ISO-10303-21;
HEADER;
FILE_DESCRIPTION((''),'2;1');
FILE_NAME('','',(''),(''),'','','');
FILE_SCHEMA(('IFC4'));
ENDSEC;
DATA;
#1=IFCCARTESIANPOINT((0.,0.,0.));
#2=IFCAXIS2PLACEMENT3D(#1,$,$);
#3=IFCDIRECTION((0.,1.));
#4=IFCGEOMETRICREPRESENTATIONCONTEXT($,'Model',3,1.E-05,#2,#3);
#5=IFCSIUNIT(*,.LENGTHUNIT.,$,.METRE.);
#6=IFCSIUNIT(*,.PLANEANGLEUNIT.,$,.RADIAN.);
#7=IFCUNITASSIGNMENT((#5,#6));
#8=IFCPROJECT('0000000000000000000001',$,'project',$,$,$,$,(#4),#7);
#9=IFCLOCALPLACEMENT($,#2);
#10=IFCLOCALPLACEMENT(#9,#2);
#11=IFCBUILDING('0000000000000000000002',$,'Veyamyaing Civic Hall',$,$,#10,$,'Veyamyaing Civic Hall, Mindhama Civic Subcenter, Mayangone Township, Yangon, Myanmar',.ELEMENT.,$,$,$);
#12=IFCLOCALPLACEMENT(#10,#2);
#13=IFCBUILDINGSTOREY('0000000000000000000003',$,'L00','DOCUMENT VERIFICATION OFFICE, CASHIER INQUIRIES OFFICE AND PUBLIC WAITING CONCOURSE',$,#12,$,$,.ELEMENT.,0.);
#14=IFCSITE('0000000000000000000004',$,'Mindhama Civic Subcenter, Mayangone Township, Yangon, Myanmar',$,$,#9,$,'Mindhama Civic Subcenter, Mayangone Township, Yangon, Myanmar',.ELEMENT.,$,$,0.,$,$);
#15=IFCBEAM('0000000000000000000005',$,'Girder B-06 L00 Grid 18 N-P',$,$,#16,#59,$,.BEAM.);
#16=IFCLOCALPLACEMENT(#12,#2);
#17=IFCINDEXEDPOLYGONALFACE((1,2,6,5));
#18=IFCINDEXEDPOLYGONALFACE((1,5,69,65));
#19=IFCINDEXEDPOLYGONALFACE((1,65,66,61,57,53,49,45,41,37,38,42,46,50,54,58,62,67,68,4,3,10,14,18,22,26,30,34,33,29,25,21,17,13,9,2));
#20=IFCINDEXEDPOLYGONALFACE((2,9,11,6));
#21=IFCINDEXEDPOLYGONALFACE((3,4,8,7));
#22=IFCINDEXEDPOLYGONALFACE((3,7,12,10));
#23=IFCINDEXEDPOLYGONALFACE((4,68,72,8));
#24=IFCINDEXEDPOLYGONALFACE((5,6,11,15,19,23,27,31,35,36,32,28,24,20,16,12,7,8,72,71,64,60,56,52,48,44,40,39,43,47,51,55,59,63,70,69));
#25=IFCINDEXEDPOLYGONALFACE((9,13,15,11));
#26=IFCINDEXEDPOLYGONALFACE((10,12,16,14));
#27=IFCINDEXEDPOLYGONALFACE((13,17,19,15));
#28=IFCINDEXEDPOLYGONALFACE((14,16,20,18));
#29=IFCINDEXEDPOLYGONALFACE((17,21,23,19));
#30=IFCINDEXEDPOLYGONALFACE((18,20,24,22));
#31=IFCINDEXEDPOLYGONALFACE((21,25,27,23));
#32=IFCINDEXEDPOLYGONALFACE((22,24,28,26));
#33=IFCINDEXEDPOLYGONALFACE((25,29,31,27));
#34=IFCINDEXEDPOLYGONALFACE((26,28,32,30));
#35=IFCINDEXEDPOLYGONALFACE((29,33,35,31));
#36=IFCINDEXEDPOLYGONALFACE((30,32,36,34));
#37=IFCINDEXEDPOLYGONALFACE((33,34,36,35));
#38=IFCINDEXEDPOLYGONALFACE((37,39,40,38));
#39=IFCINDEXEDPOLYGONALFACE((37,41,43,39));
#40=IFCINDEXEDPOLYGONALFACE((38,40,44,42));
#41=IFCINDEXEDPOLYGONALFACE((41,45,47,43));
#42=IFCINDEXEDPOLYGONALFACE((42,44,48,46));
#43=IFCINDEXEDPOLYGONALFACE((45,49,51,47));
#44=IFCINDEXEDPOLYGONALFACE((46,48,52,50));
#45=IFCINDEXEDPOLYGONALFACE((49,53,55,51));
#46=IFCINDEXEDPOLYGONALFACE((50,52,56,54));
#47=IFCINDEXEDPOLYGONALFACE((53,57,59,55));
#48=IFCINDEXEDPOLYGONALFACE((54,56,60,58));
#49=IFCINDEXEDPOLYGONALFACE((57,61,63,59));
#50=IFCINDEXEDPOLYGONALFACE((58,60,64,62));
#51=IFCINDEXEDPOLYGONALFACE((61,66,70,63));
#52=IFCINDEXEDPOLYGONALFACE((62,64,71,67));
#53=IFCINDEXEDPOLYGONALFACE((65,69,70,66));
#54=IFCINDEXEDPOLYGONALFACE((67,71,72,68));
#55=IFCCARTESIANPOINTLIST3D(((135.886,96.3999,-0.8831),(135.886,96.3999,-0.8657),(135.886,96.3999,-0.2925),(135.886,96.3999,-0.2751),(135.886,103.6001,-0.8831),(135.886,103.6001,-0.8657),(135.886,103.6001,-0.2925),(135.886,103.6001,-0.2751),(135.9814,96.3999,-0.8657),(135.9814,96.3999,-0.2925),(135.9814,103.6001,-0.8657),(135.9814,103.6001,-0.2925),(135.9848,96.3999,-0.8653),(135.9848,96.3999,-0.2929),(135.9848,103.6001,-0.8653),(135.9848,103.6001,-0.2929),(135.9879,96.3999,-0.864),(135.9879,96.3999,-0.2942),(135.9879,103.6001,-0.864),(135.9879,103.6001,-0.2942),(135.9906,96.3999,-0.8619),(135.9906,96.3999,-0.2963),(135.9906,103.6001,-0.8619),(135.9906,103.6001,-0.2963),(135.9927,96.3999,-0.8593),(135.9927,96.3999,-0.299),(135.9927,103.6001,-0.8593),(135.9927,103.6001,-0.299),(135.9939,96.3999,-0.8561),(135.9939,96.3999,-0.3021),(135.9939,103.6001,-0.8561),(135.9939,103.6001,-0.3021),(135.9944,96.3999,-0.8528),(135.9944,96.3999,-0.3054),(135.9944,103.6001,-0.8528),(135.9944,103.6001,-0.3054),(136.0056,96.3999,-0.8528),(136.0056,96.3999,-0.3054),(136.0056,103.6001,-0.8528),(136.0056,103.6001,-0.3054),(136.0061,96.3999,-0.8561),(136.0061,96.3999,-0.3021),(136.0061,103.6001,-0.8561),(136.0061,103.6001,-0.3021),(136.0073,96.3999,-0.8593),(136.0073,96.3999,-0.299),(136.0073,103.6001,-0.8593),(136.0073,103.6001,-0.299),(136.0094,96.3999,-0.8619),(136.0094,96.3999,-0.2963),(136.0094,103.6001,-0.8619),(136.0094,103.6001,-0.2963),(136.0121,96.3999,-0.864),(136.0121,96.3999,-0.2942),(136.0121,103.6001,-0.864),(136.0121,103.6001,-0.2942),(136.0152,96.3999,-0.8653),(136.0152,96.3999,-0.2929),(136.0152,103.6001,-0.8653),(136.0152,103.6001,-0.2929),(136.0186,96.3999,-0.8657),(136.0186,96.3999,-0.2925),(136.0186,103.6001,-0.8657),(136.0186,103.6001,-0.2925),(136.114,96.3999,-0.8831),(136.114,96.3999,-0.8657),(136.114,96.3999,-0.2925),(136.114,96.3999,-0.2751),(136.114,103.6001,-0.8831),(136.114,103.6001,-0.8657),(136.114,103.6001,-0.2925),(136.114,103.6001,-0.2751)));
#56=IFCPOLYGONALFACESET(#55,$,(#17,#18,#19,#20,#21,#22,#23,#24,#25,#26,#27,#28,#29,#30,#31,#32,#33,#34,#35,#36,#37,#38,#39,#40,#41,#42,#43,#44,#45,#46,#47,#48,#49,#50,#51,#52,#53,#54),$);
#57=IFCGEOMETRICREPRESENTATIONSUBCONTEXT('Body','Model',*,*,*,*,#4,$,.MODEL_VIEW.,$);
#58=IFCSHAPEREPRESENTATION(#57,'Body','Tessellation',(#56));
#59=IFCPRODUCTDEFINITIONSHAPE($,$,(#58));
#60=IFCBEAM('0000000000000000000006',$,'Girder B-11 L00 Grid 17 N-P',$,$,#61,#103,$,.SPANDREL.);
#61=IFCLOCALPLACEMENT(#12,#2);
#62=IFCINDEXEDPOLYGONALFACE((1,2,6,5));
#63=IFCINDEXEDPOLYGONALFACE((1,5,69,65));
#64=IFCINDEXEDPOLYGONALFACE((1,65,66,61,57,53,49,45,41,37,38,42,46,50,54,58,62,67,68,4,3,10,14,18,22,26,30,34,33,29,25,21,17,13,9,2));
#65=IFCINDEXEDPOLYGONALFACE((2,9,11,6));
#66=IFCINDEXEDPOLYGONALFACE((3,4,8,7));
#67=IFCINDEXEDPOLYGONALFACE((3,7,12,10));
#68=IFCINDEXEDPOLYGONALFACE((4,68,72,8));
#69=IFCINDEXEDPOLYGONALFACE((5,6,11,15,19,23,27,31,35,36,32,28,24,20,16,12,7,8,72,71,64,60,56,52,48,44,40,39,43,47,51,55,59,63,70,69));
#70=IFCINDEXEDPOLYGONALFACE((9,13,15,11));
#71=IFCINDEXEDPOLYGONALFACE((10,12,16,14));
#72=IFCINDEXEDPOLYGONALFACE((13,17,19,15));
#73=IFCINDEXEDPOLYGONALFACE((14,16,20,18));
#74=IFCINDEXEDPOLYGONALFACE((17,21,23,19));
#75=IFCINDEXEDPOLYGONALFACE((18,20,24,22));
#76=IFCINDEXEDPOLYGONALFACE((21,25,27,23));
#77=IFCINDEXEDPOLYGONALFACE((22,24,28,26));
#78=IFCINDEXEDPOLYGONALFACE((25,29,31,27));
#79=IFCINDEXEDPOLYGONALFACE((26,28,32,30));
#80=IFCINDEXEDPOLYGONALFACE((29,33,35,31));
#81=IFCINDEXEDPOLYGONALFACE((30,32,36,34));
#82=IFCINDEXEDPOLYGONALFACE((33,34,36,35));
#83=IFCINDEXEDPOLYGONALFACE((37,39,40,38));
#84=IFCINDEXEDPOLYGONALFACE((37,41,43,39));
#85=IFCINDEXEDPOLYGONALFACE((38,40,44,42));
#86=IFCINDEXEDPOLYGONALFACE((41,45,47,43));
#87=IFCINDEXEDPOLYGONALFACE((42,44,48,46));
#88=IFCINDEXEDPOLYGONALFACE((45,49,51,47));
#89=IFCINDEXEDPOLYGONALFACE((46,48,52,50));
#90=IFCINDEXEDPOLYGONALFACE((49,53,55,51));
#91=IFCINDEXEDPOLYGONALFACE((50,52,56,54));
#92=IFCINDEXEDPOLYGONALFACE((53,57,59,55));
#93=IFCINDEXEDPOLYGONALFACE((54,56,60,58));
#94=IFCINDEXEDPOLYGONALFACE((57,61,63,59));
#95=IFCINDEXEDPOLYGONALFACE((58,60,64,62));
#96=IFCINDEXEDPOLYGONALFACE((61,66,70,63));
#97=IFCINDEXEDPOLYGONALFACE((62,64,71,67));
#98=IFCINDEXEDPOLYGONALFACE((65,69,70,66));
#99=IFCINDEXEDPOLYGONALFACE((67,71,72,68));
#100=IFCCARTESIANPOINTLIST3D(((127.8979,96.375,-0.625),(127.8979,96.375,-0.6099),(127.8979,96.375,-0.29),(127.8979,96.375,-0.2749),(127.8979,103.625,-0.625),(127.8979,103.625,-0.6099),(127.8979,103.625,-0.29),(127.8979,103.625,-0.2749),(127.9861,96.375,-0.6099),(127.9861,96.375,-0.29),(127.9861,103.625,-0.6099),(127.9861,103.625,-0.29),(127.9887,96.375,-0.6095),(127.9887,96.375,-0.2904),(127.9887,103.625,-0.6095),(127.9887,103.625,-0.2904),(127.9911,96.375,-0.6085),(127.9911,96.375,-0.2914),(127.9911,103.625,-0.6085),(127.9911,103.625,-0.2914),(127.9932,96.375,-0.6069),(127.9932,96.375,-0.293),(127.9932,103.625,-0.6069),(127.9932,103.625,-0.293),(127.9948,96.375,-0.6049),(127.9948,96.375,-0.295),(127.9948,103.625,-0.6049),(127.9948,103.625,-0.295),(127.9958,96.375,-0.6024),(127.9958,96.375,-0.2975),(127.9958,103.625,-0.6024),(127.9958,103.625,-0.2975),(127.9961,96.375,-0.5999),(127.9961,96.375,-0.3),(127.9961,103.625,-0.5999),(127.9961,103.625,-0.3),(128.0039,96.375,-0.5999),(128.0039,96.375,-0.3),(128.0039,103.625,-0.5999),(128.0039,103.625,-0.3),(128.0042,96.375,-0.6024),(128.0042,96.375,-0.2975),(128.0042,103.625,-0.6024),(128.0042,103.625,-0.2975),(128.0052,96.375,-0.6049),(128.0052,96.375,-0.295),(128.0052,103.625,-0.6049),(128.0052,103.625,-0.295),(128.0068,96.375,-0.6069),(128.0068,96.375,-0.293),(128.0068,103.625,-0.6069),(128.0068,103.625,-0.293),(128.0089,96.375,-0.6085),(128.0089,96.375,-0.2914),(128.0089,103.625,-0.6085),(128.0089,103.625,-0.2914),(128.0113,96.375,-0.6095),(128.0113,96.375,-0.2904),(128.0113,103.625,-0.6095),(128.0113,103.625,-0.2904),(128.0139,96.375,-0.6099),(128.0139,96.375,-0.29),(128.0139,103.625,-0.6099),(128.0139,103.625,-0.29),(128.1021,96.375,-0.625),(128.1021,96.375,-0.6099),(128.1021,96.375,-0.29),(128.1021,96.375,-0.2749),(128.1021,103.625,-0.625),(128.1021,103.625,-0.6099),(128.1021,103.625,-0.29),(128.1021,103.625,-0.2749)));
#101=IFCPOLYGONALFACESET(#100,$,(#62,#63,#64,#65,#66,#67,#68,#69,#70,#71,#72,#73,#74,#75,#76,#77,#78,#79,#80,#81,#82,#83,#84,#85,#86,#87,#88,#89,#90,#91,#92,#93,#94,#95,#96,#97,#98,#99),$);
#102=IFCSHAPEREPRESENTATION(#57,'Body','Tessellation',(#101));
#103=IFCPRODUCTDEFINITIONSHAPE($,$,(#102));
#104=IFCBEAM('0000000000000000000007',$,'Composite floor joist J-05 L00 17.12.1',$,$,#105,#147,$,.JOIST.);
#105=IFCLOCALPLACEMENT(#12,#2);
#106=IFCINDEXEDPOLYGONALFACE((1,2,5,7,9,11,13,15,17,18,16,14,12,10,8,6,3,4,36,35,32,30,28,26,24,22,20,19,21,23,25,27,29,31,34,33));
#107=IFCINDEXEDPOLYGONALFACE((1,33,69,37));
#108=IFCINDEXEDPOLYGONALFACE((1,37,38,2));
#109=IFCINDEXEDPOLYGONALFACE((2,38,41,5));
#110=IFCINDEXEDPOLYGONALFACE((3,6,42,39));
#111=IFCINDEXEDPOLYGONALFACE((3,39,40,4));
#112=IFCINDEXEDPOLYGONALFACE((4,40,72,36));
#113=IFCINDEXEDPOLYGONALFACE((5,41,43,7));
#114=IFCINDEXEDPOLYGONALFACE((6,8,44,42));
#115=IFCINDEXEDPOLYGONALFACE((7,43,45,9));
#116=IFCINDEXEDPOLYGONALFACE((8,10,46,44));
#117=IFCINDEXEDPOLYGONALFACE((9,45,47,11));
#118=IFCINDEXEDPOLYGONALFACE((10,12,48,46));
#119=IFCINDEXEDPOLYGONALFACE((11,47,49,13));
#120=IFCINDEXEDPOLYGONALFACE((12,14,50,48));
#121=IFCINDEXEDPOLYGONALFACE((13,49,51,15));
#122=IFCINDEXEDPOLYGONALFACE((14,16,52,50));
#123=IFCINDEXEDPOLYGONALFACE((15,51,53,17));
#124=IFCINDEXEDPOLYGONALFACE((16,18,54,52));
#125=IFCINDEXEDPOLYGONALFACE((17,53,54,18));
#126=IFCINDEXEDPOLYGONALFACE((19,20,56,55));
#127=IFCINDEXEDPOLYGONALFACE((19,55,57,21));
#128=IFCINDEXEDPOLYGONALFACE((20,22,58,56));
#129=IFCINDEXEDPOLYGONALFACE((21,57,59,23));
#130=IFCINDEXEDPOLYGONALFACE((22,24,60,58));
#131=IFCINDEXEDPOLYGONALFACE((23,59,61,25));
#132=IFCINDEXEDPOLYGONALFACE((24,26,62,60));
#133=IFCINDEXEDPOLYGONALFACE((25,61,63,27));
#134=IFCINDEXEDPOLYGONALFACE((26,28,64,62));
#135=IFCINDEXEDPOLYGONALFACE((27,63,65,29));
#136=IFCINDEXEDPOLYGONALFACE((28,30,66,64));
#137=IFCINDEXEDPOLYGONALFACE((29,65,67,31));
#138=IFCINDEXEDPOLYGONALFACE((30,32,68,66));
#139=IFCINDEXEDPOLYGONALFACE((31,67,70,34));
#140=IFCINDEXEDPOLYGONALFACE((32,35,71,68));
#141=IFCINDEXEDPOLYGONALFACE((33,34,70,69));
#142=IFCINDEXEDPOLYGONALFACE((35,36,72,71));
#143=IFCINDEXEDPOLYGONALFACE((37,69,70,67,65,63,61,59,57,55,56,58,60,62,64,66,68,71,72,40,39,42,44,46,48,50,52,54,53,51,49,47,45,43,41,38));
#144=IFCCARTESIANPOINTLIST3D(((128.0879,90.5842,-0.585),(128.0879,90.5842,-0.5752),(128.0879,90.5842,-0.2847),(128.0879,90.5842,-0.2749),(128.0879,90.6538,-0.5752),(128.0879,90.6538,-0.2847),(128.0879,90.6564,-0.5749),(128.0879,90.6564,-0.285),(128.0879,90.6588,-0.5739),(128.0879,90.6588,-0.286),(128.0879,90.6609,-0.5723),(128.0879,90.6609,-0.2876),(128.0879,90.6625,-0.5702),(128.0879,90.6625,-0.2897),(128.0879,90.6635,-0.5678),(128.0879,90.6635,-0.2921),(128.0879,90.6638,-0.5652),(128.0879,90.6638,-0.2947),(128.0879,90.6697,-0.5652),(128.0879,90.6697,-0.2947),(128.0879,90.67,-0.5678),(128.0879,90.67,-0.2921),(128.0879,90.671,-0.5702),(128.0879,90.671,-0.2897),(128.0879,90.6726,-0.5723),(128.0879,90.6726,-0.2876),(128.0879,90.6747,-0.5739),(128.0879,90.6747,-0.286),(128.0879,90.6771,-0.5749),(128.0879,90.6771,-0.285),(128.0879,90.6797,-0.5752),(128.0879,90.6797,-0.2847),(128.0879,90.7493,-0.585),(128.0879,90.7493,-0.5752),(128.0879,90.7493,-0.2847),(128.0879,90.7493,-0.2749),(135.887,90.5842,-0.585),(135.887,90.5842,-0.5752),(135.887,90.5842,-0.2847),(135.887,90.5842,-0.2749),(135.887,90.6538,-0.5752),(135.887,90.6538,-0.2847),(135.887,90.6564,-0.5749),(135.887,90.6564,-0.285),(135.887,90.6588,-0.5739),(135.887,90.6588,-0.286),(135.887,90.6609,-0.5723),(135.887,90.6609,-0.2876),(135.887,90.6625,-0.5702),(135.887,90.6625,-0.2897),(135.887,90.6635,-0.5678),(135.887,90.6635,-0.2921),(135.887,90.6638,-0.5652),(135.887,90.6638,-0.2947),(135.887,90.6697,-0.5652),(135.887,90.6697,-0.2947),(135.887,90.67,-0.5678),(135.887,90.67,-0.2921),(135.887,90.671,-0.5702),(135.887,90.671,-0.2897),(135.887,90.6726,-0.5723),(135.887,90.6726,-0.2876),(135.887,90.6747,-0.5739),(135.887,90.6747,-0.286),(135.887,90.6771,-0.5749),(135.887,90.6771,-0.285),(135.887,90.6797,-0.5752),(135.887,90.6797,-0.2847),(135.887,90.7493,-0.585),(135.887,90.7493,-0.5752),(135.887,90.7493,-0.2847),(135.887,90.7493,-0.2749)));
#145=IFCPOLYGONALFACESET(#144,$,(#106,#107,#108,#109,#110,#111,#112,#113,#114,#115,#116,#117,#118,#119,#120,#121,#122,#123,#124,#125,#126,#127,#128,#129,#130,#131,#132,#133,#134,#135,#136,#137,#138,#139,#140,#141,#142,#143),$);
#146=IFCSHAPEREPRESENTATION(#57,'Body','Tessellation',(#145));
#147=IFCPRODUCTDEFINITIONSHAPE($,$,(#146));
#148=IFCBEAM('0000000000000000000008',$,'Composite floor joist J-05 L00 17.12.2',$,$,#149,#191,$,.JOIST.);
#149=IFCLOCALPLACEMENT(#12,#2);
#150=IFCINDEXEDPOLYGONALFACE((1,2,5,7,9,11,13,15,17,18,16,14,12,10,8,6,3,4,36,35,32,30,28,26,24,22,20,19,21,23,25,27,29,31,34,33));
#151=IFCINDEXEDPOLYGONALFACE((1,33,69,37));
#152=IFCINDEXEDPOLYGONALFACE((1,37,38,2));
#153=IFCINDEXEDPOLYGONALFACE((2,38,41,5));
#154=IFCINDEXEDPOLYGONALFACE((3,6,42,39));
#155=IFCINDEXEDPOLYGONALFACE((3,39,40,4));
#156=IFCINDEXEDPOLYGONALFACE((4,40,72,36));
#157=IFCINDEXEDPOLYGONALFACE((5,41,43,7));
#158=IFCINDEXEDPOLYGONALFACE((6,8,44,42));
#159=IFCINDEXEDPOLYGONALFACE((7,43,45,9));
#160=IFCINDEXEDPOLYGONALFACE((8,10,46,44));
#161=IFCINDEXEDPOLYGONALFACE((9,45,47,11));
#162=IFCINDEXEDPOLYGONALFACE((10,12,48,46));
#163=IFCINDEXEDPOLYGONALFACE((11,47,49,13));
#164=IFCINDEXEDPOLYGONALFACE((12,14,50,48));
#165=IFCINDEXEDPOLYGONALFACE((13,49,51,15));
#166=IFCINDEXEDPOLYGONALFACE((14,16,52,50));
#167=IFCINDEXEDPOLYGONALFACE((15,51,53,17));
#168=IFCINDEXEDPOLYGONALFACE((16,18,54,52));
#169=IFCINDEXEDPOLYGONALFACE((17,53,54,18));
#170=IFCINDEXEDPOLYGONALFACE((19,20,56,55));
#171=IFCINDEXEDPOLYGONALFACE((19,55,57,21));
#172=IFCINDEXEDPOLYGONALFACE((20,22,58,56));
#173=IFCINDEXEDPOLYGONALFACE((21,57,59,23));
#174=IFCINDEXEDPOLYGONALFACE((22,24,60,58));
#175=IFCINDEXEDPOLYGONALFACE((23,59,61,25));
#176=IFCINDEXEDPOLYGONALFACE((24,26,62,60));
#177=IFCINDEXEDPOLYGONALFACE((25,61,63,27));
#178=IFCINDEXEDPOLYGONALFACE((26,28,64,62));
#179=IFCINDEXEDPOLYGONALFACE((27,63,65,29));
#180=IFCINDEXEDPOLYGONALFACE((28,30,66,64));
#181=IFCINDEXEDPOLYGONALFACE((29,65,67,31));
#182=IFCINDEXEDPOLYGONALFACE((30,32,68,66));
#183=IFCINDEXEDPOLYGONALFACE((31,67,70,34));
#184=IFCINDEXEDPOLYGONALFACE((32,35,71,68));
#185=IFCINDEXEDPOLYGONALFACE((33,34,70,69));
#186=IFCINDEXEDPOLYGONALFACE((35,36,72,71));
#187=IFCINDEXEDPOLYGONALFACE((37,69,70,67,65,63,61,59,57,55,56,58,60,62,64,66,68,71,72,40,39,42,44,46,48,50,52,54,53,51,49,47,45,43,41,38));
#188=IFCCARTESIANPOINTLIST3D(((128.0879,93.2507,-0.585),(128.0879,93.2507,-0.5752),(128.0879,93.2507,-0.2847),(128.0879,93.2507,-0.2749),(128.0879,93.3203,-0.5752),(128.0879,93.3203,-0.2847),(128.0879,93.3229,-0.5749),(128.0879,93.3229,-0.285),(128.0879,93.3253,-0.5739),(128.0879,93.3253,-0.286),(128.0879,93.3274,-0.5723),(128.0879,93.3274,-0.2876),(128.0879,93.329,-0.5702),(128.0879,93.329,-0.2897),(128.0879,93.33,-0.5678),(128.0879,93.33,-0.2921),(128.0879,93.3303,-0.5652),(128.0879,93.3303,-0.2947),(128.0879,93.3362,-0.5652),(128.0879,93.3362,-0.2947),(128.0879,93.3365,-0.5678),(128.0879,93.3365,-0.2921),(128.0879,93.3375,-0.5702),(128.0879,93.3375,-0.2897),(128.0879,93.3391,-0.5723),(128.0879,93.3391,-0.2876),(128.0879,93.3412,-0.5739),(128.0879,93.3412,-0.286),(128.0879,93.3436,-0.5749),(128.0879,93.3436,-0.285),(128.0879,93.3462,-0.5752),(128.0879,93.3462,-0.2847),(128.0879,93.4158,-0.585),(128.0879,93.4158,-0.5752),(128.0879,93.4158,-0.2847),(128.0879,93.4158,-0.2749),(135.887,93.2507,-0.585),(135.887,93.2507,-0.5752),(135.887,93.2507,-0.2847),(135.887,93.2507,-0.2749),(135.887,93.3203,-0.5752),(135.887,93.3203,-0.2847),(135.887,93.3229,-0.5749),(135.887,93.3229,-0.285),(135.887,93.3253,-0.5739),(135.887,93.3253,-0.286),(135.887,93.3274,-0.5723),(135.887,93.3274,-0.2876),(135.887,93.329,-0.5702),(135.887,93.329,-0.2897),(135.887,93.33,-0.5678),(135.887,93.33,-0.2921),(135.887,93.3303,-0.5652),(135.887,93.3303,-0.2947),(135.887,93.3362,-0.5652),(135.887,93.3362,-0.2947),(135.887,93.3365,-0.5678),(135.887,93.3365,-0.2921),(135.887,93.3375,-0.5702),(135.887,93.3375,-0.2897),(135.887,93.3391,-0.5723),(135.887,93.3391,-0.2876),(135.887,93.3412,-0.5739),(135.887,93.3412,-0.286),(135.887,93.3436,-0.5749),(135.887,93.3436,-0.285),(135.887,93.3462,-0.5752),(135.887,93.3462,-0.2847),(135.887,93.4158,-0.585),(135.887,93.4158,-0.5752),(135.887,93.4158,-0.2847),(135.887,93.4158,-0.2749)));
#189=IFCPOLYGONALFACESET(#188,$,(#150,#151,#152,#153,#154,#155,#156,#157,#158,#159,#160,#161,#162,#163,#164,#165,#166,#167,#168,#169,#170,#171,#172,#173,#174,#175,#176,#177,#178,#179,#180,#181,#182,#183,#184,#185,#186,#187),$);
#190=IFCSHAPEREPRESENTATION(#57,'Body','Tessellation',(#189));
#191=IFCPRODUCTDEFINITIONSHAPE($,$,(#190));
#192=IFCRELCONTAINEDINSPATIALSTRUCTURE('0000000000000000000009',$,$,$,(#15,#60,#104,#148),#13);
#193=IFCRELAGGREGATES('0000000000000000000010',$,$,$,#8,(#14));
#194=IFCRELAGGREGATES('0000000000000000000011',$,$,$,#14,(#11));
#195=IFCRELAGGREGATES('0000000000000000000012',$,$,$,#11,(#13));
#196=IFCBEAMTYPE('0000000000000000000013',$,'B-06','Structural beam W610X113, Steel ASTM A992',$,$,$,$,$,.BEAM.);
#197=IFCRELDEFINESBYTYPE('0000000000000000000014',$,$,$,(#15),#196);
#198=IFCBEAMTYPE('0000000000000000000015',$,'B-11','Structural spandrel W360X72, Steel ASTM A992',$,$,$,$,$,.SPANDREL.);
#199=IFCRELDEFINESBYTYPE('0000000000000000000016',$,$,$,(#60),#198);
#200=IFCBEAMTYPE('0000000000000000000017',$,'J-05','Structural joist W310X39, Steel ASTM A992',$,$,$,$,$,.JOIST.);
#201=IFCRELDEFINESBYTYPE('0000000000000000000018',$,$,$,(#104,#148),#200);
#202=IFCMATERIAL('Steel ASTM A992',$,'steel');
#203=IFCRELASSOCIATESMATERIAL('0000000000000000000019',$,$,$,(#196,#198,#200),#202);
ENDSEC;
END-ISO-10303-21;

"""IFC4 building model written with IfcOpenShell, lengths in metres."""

from ifc_helpers import new_model, si_unit, direction, frame, origin, origin_2d, place, context, subcontext, project, spatial, i_section, extrude, material, material_profile, profile_set, type_object, element, save


model = new_model("IFC4")

# Units and contexts
model_context = context("Model", 3, precision=1e-05, world=origin(), true_north=direction((0.0, 1.0)))
body_context = subcontext(model_context, "Body", "Model", "MODEL_VIEW")
ifc_project = project(units=[si_unit("LENGTHUNIT", "METRE"), si_unit("PLANEANGLEUNIT", "RADIAN")], contexts=[model_context])

# Site, building, storey
site_placement = place(None, origin())
site = spatial("IfcSite", under=ifc_project, at=site_placement, Name="Mindhama Civic Subcenter, Mayangone Township, Yangon, Myanmar", LongName="Mindhama Civic Subcenter, Mayangone Township, Yangon, Myanmar", CompositionType="ELEMENT", RefElevation=0.0)
building_placement = place(site_placement, origin())
building = spatial("IfcBuilding", under=site, at=building_placement, Name="Veyamyaing Civic Hall", LongName="Veyamyaing Civic Hall, Mindhama Civic Subcenter, Mayangone Township, Yangon, Myanmar", CompositionType="ELEMENT")
storey_placement = place(building_placement, origin())
storey = spatial("IfcBuildingStorey", under=building, at=storey_placement, Name="L00", Description="DOCUMENT VERIFICATION OFFICE, CASHIER INQUIRIES OFFICE AND PUBLIC WAITING CONCOURSE", CompositionType="ELEMENT", Elevation=0.0)

# Beams
ifc_material_1 = material(Name="Steel ASTM A992", Category="steel")
ifc_material_profile_1 = material_profile(ifc_material_1, i_section(OverallWidth=0.228, OverallDepth=0.6079, WebThickness=0.0112, FlangeThickness=0.0173, FilletRadius=0.0129, at=origin_2d()), Name="W610X113")
ifc_profile_set_1 = profile_set([ifc_material_profile_1], Name="Steel ASTM A992")
beam_type_1 = type_object("IfcBeamType", Name="B-06", Description="Structural beam W610X113, Steel ASTM A992", PredefinedType="BEAM", material=ifc_profile_set_1)
beam_1_placement = place(storey_placement, frame((136.0, 96.3999, -0.5791), z_axis=(0.0, 1.0, 0.0), x_axis=(-1.0, 0.0, 0.0)))
element("IfcBeam", 1, at=beam_1_placement, inside=storey, type_object=beam_type_1, Name="Girder B-06 L00 Grid 18 N-P", PredefinedType="BEAM", context=body_context, shape_type="SweptSolid", body=[
    extrude(i_section(OverallWidth=0.228, OverallDepth=0.6079, WebThickness=0.0112, FlangeThickness=0.0173, FilletRadius=0.0129, at=origin_2d()), origin(), (0.0, 0.0, 1.0), 7.2002),
])
ifc_material_profile_2 = material_profile(ifc_material_1, i_section(OverallWidth=0.2041, OverallDepth=0.3501, WebThickness=0.0078, FlangeThickness=0.0151, FilletRadius=0.01, at=origin_2d()), Name="W360X72")
ifc_profile_set_2 = profile_set([ifc_material_profile_2], Name="Steel ASTM A992")
beam_type_2 = type_object("IfcBeamType", Name="B-11", Description="Structural spandrel W360X72, Steel ASTM A992", PredefinedType="SPANDREL", material=ifc_profile_set_2)
beam_2_placement = place(storey_placement, frame((128.0, 96.375, -0.45), z_axis=(0.0, 1.0, 0.0), x_axis=(-1.0, 0.0, 0.0)))
element("IfcBeam", 2, at=beam_2_placement, inside=storey, type_object=beam_type_2, Name="Girder B-11 L00 Grid 17 N-P", PredefinedType="SPANDREL", context=body_context, shape_type="SweptSolid", body=[
    extrude(i_section(OverallWidth=0.2041, OverallDepth=0.3501, WebThickness=0.0078, FlangeThickness=0.0151, FilletRadius=0.01, at=origin_2d()), origin(), (0.0, 0.0, 1.0), 7.25),
])
ifc_material_profile_3 = material_profile(ifc_material_1, i_section(OverallWidth=0.165, OverallDepth=0.3101, WebThickness=0.0059, FlangeThickness=0.0098, FilletRadius=0.01, at=origin_2d()), Name="W310X39")
ifc_profile_set_3 = profile_set([ifc_material_profile_3], Name="Steel ASTM A992")
beam_type_3 = type_object("IfcBeamType", Name="J-05", Description="Structural joist W310X39, Steel ASTM A992", PredefinedType="JOIST", material=ifc_profile_set_3)
for number, where, z_axis, x_axis, name in (
    (3, (128.0879, 90.6667, -0.4299), (1.0, 0.0, 0.0), (0.0, 1.0, 0.0), "Composite floor joist J-05 L00 17.12.1"),
    (4, (128.0879, 93.3333, -0.4299), (1.0, 0.0, 0.0), (0.0, 1.0, 0.0), "Composite floor joist J-05 L00 17.12.2"),
):
    element("IfcBeam", number, at=place(storey_placement, frame(where, z_axis=z_axis, x_axis=x_axis)), inside=storey, type_object=beam_type_3, Name=name, PredefinedType="JOIST", context=body_context, shape_type="SweptSolid", body=[
        extrude(i_section(OverallWidth=0.165, OverallDepth=0.3101, WebThickness=0.0059, FlangeThickness=0.0098, FilletRadius=0.01, at=origin_2d()), origin(), (0.0, 0.0, 1.0), 7.7991),
    ])

save(model, "model.ifc")
